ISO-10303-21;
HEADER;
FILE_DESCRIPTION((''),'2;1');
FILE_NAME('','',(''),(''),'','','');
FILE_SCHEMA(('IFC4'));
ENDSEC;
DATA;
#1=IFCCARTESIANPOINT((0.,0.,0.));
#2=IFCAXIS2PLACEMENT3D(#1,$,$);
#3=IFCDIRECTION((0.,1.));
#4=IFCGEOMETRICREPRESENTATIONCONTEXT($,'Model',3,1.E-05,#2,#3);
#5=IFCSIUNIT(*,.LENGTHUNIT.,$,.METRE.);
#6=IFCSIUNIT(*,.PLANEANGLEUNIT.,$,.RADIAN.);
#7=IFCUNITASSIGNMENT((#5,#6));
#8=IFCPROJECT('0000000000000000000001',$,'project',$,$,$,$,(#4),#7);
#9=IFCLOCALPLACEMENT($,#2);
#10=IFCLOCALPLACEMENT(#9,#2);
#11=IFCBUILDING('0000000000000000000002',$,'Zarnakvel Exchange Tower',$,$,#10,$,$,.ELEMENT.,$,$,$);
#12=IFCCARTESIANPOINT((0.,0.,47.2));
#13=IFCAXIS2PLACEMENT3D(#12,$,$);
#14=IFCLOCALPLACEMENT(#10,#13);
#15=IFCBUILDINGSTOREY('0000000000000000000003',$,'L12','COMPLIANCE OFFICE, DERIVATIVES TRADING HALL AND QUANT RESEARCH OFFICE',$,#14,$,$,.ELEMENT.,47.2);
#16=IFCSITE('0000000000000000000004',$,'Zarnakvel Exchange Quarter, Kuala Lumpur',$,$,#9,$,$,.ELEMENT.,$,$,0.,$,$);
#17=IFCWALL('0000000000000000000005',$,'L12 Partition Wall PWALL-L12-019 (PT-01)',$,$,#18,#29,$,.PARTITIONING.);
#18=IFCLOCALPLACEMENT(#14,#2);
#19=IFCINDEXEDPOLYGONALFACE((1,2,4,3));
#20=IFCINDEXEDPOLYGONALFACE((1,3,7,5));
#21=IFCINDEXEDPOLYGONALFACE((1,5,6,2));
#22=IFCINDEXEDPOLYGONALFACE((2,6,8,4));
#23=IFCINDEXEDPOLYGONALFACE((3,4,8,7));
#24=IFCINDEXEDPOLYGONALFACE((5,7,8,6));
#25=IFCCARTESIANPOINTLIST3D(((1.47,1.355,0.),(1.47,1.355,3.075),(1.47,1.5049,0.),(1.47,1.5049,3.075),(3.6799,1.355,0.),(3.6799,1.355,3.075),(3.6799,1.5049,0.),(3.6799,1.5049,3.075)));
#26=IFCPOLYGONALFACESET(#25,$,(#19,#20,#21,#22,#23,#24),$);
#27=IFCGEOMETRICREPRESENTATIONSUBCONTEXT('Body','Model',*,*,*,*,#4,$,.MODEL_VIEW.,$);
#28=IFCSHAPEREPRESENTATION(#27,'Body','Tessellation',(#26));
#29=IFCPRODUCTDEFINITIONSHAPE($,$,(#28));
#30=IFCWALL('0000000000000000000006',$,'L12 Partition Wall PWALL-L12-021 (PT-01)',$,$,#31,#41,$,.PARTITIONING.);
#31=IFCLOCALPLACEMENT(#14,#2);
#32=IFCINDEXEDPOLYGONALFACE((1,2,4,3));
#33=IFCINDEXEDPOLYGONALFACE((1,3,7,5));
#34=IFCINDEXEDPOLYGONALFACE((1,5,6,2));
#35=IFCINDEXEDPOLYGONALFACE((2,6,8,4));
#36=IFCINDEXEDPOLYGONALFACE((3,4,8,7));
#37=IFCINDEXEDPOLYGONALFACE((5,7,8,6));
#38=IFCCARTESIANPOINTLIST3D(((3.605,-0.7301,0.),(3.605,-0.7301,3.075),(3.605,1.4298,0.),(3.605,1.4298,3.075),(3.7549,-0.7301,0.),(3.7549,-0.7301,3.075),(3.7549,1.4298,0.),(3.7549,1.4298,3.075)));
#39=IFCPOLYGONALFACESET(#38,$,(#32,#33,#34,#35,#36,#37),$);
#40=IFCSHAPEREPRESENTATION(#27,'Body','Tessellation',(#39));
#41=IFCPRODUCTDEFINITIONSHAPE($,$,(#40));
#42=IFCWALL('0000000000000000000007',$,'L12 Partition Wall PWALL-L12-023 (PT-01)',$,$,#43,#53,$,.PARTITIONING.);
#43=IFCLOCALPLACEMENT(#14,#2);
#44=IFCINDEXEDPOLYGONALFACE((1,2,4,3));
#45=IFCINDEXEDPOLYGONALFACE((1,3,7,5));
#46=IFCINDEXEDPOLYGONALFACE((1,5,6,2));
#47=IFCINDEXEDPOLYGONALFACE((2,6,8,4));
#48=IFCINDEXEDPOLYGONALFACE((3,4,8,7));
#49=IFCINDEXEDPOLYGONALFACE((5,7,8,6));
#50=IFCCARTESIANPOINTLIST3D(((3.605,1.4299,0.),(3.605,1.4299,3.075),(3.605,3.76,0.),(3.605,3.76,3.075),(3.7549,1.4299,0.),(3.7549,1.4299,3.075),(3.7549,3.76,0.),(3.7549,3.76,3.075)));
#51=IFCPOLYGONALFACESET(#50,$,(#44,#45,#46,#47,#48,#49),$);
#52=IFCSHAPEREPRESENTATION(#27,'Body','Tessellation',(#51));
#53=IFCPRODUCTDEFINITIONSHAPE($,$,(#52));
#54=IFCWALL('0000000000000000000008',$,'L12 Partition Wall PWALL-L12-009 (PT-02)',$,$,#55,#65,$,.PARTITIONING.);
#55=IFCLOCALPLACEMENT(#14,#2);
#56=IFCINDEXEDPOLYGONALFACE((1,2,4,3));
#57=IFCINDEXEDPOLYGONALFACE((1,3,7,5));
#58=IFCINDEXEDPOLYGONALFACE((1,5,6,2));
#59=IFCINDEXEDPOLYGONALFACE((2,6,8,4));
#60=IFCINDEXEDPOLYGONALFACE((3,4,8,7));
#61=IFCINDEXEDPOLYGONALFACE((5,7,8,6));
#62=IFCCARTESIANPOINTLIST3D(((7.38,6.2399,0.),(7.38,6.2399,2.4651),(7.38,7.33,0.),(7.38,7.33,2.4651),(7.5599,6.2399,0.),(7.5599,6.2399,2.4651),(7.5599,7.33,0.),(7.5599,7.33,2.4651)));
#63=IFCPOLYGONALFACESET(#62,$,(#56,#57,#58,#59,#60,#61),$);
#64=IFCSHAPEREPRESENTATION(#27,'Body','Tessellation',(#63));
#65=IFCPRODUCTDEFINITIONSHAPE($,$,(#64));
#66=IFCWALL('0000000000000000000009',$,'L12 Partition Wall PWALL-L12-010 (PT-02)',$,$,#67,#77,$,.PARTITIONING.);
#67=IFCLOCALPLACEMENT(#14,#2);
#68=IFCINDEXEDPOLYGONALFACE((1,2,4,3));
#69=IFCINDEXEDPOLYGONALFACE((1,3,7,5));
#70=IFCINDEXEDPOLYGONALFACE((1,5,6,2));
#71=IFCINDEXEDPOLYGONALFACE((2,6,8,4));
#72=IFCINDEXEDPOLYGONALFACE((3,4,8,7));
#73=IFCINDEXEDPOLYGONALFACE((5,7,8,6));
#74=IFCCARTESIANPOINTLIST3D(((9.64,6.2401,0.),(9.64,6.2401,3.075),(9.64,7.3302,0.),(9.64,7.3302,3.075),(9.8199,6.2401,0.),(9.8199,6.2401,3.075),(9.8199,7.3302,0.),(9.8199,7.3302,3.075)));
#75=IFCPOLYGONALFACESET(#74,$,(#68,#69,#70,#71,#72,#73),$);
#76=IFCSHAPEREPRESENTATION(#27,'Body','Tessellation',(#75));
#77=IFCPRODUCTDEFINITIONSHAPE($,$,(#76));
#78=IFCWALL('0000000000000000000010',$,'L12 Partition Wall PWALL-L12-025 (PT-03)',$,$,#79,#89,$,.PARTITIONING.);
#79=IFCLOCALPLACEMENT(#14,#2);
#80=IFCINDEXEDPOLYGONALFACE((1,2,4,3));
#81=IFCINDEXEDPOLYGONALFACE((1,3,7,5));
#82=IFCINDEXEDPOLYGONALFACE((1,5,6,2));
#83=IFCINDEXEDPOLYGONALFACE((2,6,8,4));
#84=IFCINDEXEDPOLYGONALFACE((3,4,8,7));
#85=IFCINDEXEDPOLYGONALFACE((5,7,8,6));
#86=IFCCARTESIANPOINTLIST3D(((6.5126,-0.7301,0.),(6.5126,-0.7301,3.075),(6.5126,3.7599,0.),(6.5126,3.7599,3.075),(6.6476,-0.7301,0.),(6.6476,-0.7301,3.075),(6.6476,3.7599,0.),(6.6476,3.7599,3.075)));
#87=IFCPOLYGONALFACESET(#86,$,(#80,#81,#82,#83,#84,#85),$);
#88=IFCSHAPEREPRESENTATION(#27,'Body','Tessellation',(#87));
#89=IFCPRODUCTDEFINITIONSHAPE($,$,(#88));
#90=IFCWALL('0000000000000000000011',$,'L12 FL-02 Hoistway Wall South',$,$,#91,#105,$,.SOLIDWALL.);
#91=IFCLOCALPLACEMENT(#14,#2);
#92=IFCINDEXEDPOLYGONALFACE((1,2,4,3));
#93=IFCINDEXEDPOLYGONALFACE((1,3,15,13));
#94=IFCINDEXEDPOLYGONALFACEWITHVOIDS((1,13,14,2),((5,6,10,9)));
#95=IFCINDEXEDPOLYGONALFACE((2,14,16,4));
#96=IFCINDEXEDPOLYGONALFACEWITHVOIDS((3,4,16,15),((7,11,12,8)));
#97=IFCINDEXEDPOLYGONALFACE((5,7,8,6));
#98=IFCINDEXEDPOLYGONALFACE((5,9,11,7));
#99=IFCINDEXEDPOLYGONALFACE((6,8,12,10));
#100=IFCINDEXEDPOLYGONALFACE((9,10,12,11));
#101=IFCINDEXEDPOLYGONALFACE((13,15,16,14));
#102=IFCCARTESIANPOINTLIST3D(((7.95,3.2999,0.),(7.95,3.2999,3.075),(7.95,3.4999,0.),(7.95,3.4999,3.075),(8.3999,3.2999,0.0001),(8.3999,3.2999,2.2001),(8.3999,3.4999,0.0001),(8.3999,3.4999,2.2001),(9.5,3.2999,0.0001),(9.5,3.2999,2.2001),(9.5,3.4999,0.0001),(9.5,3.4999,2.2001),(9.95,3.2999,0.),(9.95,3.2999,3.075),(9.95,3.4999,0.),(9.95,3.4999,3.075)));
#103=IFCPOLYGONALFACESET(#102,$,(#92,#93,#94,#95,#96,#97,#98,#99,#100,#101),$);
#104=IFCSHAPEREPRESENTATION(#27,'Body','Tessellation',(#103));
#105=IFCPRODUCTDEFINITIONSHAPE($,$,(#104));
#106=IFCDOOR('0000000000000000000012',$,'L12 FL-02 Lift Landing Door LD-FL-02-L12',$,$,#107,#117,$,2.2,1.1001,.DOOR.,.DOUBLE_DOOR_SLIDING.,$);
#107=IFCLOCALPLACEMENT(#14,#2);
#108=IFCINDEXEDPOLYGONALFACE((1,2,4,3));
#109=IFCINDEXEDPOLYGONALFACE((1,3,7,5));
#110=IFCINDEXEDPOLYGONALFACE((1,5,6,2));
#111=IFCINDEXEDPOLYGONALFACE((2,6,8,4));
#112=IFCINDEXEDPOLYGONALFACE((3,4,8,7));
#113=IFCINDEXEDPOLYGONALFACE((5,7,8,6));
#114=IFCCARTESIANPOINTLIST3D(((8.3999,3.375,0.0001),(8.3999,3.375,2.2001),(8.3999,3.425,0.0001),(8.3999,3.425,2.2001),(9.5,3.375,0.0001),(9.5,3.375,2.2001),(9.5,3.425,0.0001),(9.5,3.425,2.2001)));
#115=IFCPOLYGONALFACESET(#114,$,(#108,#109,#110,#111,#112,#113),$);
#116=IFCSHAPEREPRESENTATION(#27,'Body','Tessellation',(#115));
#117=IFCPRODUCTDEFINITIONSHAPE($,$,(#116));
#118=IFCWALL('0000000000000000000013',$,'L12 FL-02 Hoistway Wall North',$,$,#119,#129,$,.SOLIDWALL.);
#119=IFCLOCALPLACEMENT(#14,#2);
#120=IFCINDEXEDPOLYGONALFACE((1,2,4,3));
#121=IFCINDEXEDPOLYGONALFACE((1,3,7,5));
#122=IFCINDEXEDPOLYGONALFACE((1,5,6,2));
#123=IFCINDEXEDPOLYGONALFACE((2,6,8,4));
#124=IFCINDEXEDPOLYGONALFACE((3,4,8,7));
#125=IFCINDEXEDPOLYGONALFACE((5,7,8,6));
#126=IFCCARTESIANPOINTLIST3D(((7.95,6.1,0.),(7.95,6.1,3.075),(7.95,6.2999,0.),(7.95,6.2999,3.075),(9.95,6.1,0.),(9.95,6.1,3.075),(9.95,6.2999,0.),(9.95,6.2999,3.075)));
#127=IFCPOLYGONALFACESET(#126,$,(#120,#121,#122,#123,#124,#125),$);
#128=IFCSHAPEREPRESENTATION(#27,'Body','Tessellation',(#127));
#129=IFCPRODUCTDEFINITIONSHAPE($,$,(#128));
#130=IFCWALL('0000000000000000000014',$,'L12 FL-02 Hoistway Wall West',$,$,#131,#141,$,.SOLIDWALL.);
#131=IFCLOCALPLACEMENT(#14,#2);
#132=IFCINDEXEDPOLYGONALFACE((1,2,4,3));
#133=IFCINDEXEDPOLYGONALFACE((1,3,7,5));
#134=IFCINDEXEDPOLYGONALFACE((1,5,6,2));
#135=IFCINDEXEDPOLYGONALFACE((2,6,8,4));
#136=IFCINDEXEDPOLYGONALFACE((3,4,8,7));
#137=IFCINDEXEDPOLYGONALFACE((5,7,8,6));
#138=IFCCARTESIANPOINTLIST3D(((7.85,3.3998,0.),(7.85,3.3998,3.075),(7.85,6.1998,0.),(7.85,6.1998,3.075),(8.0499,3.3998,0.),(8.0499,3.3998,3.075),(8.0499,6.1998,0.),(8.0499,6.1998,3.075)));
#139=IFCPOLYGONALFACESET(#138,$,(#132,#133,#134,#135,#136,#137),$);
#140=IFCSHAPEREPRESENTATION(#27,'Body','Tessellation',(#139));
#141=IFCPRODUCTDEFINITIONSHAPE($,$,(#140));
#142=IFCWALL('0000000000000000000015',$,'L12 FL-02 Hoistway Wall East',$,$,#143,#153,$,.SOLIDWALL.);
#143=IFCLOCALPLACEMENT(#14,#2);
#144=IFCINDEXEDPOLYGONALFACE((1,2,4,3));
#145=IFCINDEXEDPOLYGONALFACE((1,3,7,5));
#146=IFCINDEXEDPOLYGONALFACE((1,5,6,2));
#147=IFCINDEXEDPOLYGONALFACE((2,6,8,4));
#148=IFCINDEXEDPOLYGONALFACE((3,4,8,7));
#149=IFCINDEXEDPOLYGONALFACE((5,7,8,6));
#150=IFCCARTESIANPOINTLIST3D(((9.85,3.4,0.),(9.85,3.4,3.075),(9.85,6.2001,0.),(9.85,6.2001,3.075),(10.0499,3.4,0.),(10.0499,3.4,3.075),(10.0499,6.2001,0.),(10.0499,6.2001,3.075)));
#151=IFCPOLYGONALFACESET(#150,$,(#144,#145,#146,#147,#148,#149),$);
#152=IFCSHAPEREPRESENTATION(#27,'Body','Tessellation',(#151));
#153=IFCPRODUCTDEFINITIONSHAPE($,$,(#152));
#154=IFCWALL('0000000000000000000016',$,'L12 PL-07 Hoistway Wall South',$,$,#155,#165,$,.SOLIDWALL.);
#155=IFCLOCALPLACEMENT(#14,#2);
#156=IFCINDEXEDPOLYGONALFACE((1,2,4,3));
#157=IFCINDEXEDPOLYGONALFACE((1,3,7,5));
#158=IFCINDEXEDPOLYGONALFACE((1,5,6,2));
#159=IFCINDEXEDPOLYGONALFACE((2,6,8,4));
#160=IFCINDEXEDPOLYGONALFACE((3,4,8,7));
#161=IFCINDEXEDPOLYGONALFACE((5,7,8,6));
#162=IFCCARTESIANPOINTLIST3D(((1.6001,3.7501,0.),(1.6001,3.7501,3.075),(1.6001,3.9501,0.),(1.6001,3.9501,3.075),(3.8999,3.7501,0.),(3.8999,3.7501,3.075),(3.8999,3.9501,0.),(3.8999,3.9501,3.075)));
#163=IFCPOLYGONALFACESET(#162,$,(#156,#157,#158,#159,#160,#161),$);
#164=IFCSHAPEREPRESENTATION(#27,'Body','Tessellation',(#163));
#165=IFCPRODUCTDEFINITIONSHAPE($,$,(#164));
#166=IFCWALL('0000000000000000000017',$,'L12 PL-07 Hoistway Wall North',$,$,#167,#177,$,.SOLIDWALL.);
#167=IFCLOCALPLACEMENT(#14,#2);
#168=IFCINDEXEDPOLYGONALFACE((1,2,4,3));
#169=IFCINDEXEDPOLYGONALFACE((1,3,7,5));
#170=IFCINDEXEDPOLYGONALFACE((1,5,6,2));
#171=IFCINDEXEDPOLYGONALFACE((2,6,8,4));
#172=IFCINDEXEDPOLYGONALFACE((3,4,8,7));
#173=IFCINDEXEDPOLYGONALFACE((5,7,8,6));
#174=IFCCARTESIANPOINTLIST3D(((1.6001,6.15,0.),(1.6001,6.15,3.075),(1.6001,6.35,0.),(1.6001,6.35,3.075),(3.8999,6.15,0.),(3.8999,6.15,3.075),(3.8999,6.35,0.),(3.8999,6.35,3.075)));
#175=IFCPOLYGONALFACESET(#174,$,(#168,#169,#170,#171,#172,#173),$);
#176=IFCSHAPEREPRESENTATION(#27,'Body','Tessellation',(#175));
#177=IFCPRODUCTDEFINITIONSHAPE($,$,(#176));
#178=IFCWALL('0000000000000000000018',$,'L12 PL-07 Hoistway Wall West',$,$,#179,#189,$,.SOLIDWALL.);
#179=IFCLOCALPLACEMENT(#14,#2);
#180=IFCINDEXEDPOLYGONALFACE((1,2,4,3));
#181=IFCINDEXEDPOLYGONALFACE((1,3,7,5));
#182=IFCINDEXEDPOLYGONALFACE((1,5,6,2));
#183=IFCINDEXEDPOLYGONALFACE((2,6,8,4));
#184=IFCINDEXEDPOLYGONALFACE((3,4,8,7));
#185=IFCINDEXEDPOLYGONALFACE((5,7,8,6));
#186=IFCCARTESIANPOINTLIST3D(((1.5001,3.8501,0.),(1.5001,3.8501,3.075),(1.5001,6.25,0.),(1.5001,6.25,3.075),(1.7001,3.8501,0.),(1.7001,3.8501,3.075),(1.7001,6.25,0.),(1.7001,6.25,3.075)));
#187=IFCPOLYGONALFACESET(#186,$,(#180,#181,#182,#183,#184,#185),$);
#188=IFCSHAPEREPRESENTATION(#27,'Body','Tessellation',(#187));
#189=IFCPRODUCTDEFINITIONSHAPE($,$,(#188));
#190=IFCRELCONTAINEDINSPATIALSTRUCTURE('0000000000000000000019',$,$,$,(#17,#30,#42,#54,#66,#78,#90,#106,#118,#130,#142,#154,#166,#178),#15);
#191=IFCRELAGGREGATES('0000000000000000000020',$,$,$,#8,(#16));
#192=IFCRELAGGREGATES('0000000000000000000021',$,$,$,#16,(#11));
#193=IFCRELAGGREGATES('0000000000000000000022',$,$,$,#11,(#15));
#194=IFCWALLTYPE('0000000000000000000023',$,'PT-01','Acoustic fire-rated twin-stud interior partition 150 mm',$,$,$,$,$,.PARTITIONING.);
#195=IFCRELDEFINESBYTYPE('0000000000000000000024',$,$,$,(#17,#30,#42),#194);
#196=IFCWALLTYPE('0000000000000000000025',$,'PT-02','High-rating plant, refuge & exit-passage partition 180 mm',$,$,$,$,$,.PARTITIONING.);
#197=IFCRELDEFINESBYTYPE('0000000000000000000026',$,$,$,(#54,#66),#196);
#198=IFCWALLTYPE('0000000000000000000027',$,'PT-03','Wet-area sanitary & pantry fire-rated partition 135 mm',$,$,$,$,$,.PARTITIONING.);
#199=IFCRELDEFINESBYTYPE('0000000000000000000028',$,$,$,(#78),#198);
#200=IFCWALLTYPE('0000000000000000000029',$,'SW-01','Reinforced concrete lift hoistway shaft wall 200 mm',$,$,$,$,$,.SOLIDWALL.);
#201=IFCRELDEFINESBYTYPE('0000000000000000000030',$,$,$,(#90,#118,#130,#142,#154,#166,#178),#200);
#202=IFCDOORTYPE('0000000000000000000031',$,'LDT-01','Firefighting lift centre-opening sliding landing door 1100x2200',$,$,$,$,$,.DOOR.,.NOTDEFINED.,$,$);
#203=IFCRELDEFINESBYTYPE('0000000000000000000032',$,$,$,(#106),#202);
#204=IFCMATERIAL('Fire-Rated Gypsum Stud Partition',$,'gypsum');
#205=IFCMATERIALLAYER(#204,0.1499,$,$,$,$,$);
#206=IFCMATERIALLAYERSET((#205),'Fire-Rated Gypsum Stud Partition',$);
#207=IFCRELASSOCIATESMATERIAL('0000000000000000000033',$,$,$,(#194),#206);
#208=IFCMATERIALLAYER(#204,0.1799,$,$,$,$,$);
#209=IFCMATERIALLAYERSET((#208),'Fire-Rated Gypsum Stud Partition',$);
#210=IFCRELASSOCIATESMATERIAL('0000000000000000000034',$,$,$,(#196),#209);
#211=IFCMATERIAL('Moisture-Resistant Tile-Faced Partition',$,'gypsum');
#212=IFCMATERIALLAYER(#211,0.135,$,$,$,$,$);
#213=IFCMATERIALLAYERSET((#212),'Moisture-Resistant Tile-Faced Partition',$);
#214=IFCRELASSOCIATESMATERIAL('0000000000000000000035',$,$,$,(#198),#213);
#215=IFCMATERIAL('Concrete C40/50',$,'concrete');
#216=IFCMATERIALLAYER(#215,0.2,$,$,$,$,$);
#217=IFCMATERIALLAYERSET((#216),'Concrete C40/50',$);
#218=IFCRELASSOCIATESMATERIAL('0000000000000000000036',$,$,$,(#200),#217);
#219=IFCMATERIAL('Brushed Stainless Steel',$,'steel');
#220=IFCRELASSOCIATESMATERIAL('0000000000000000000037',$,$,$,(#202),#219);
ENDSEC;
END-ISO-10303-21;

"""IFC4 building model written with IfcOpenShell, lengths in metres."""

from ifc_helpers import new_model, si_unit, direction, frame, frame_2d, origin, place, context, subcontext, project, spatial, rectangle, extrude, source, transform, mapped, material, layer, layer_set, type_object, element, fill, save


model = new_model("IFC4")

# Units and contexts
model_context = context("Model", 3, precision=1e-05, world=origin(), true_north=direction((0.0, 1.0)))
body_context = subcontext(model_context, "Body", "Model", "MODEL_VIEW")
ifc_project = project(units=[si_unit("LENGTHUNIT", "METRE"), si_unit("PLANEANGLEUNIT", "RADIAN")], contexts=[model_context])

# Site, building, storey
site_placement = place(None, origin())
site = spatial("IfcSite", under=ifc_project, at=site_placement, Name="Zarnakvel Exchange Quarter, Kuala Lumpur", CompositionType="ELEMENT", RefElevation=0.0)
building_placement = place(site_placement, origin())
building = spatial("IfcBuilding", under=site, at=building_placement, Name="Zarnakvel Exchange Tower", CompositionType="ELEMENT")
storey_placement = place(building_placement, frame((0.0, 0.0, 47.2)))
storey = spatial("IfcBuildingStorey", under=building, at=storey_placement, Name="L12", Description="COMPLIANCE OFFICE, DERIVATIVES TRADING HALL AND QUANT RESEARCH OFFICE", CompositionType="ELEMENT", Elevation=47.2)

# Walls
ifc_material_1 = material(Name="Fire-Rated Gypsum Stud Partition", Category="gypsum")
ifc_layer_1 = layer(ifc_material_1, 0.1499)
ifc_layer_set_1 = layer_set([ifc_layer_1], Name="Fire-Rated Gypsum Stud Partition")
wall_type_1 = type_object("IfcWallType", Name="PT-01", Description="Acoustic fire-rated twin-stud interior partition 150 mm", PredefinedType="PARTITIONING", material=ifc_layer_set_1)
wall_1_placement = place(storey_placement, frame((1.47, 1.4299, 0.0), z_axis=(0.0, 0.0, 1.0), x_axis=(1.0, 0.0, 0.0)))
element("IfcWall", 1, at=wall_1_placement, inside=storey, type_object=wall_type_1, Name="L12 Partition Wall PWALL-L12-019 (PT-01)", PredefinedType="PARTITIONING", context=body_context, shape_type="SweptSolid", body=[
    extrude(rectangle(XDim=2.21, YDim=0.1499, at=frame_2d((1.105, 0.0))), origin(), (0.0, 0.0, 1.0), 3.075),
])
wall_2_placement = place(storey_placement, frame((3.6799, 1.4299, 0.0), z_axis=(0.0, 0.0, 1.0), x_axis=(0.0, -1.0, 0.0)))
element("IfcWall", 2, at=wall_2_placement, inside=storey, type_object=wall_type_1, Name="L12 Partition Wall PWALL-L12-021 (PT-01)", PredefinedType="PARTITIONING", context=body_context, shape_type="SweptSolid", body=[
    extrude(rectangle(XDim=2.1599, YDim=0.1499, at=frame_2d((1.0801, 0.0))), origin(), (0.0, 0.0, 1.0), 3.075),
])

# Walls
wall_3_placement = place(storey_placement, frame((3.6799, 3.76, 0.0), z_axis=(0.0, 0.0, 1.0), x_axis=(0.0, -1.0, 0.0)))
element("IfcWall", 3, at=wall_3_placement, inside=storey, type_object=wall_type_1, Name="L12 Partition Wall PWALL-L12-023 (PT-01)", PredefinedType="PARTITIONING", context=body_context, shape_type="SweptSolid", body=[
    extrude(rectangle(XDim=2.3301, YDim=0.1499, at=frame_2d((1.165, 0.0))), origin(), (0.0, 0.0, 1.0), 3.075),
])
ifc_layer_2 = layer(ifc_material_1, 0.1799)
ifc_layer_set_2 = layer_set([ifc_layer_2], Name="Fire-Rated Gypsum Stud Partition")
wall_type_2 = type_object("IfcWallType", Name="PT-02", Description="High-rating plant, refuge & exit-passage partition 180 mm", PredefinedType="PARTITIONING", material=ifc_layer_set_2)
wall_4_placement = place(storey_placement, frame((7.47, 6.24, 0.0), z_axis=(0.0, 0.0, 1.0), x_axis=(0.0, 1.0, 0.0)))
element("IfcWall", 4, at=wall_4_placement, inside=storey, type_object=wall_type_2, Name="L12 Partition Wall PWALL-L12-009 (PT-02)", PredefinedType="PARTITIONING", context=body_context, shape_type="SweptSolid", body=[
    extrude(rectangle(XDim=1.0901, YDim=0.1799, at=frame_2d((0.5449, 0.0))), origin(), (0.0, 0.0, 1.0), 2.4651),
])
wall_5_placement = place(storey_placement, frame((9.73, 7.3301, 0.0), z_axis=(0.0, 0.0, 1.0), x_axis=(0.0, -1.0, 0.0)))
element("IfcWall", 5, at=wall_5_placement, inside=storey, type_object=wall_type_2, Name="L12 Partition Wall PWALL-L12-010 (PT-02)", PredefinedType="PARTITIONING", context=body_context, shape_type="SweptSolid", body=[
    extrude(rectangle(XDim=1.0901, YDim=0.1799, at=frame_2d((0.5449, 0.0))), origin(), (0.0, 0.0, 1.0), 3.075),
])
ifc_material_2 = material(Name="Moisture-Resistant Tile-Faced Partition", Category="gypsum")
ifc_layer_3 = layer(ifc_material_2, 0.135)
ifc_layer_set_3 = layer_set([ifc_layer_3], Name="Moisture-Resistant Tile-Faced Partition")
wall_type_3 = type_object("IfcWallType", Name="PT-03", Description="Wet-area sanitary & pantry fire-rated partition 135 mm", PredefinedType="PARTITIONING", material=ifc_layer_set_3)
wall_6_placement = place(storey_placement, frame((6.5801, 3.76, 0.0), z_axis=(0.0, 0.0, 1.0), x_axis=(0.0, -1.0, 0.0)))
element("IfcWall", 6, at=wall_6_placement, inside=storey, type_object=wall_type_3, Name="L12 Partition Wall PWALL-L12-025 (PT-03)", PredefinedType="PARTITIONING", context=body_context, shape_type="SweptSolid", body=[
    extrude(rectangle(XDim=4.49, YDim=0.135, at=frame_2d((2.2451, 0.0))), origin(), (0.0, 0.0, 1.0), 3.075),
])

# Wall, opening, door
ifc_material_3 = material(Name="Concrete C40/50", Category="concrete")
ifc_layer_4 = layer(ifc_material_3, 0.2)
ifc_layer_set_4 = layer_set([ifc_layer_4], Name="Concrete C40/50")
wall_type_4 = type_object("IfcWallType", Name="SW-01", Description="Reinforced concrete lift hoistway shaft wall 200 mm", PredefinedType="SOLIDWALL", material=ifc_layer_set_4)
wall_7_placement = place(storey_placement, frame((9.95, 3.3999, 0.0), z_axis=(0.0, 0.0, 1.0), x_axis=(-1.0, 0.0, 0.0)))
wall_7 = element("IfcWall", 7, at=wall_7_placement, inside=storey, type_object=wall_type_4, Name="L12 FL-02 Hoistway Wall South", PredefinedType="SOLIDWALL", context=body_context, shape_type="SweptSolid", body=[
    extrude(rectangle(XDim=2.0, YDim=0.2, at=frame_2d((1.0, 0.0))), origin(), (0.0, 0.0, 1.0), 3.075),
])
opening_1_placement = place(wall_7_placement, frame((0.45, 0.0, 0.0)))
opening_1 = element("IfcOpeningElement", 8, at=opening_1_placement, cuts=wall_7, PredefinedType="OPENING", context=body_context, shape_type="SweptSolid", body=[
    extrude(rectangle(XDim=1.1001, YDim=2.2, at=frame_2d((0.55, 1.1001))), frame((0.0, 0.1099, 0.0), z_axis=(0.0, -1.0, 0.0), x_axis=(1.0, 0.0, 0.0)), (0.0, 0.0, 1.0), 0.22),
])
ifc_material_4 = material(Name="Brushed Stainless Steel", Category="steel")
door_type_1 = type_object("IfcDoorType", Name="LDT-01", Description="Firefighting lift centre-opening sliding landing door 1100x2200", OperationType="NOTDEFINED", PredefinedType="DOOR", material=ifc_material_4)
shared_shape_1 = source(origin(), body_context, "Body", "SweptSolid", [
    extrude(rectangle(XDim=1.1001, YDim=2.2, at=frame_2d((0.55, 1.1001))), frame((0.0, 0.0249, 0.0), z_axis=(0.0, -1.0, 0.0), x_axis=(1.0, 0.0, 0.0)), (0.0, 0.0, 1.0), 0.05),
])
door_1_placement = place(opening_1_placement, origin())
door_1 = element("IfcDoor", 9, at=door_1_placement, inside=storey, type_object=door_type_1, Name="L12 FL-02 Lift Landing Door LD-FL-02-L12", OperationType="DOUBLE_DOOR_SLIDING", OverallHeight=2.2, OverallWidth=1.1001, PredefinedType="DOOR", context=body_context, shape_type="MappedRepresentation", body=[
    mapped(shared_shape_1, transform((0.0, 0.0, 0.0), x_axis=(1.0, 0.0, 0.0), y_axis=(0.0, 1.0, 0.0), z_axis=(0.0, 0.0, 1.0), scale=1.0)),
])
fill(opening_1, door_1)

# Walls
wall_8_placement = place(storey_placement, frame((7.95, 6.2, 0.0), z_axis=(0.0, 0.0, 1.0), x_axis=(1.0, 0.0, 0.0)))
element("IfcWall", 10, at=wall_8_placement, inside=storey, type_object=wall_type_4, Name="L12 FL-02 Hoistway Wall North", PredefinedType="SOLIDWALL", context=body_context, shape_type="SweptSolid", body=[
    extrude(rectangle(XDim=2.0, YDim=0.2, at=frame_2d((1.0, 0.0))), origin(), (0.0, 0.0, 1.0), 3.075),
])
for number, where, z_axis, x_axis, name in (
    (11, (7.95, 3.3999, 0.0), (0.0, 0.0, 1.0), (0.0, 1.0, 0.0), "L12 FL-02 Hoistway Wall West"),
    (12, (9.95, 6.2, 0.0), (0.0, 0.0, 1.0), (0.0, -1.0, 0.0), "L12 FL-02 Hoistway Wall East"),
):
    element("IfcWall", number, at=place(storey_placement, frame(where, z_axis=z_axis, x_axis=x_axis)), inside=storey, type_object=wall_type_4, Name=name, PredefinedType="SOLIDWALL", context=body_context, shape_type="SweptSolid", body=[
        extrude(rectangle(XDim=2.8, YDim=0.2, at=frame_2d((1.3999, 0.0))), origin(), (0.0, 0.0, 1.0), 3.075),
    ])
for number, where, z_axis, x_axis, name in (
    (13, (3.8999, 3.8501, 0.0), (0.0, 0.0, 1.0), (-1.0, 0.0, 0.0), "L12 PL-07 Hoistway Wall South"),
    (14, (1.6001, 6.25, 0.0), (0.0, 0.0, 1.0), (1.0, 0.0, 0.0), "L12 PL-07 Hoistway Wall North"),
):
    element("IfcWall", number, at=place(storey_placement, frame(where, z_axis=z_axis, x_axis=x_axis)), inside=storey, type_object=wall_type_4, Name=name, PredefinedType="SOLIDWALL", context=body_context, shape_type="SweptSolid", body=[
        extrude(rectangle(XDim=2.2998, YDim=0.2, at=frame_2d((1.1499, 0.0))), origin(), (0.0, 0.0, 1.0), 3.075),
    ])
for number, where, z_axis, x_axis, name in (
    (15, (1.6001, 3.8501, 0.0), (0.0, 0.0, 1.0), (0.0, 1.0, 0.0), "L12 PL-07 Hoistway Wall West"),
):
    element("IfcWall", number, at=place(storey_placement, frame(where, z_axis=z_axis, x_axis=x_axis)), inside=storey, type_object=wall_type_4, Name=name, PredefinedType="SOLIDWALL", context=body_context, shape_type="SweptSolid", body=[
        extrude(rectangle(XDim=2.3999, YDim=0.2, at=frame_2d((1.2, 0.0))), origin(), (0.0, 0.0, 1.0), 3.075),
    ])

save(model, "model.ifc")
